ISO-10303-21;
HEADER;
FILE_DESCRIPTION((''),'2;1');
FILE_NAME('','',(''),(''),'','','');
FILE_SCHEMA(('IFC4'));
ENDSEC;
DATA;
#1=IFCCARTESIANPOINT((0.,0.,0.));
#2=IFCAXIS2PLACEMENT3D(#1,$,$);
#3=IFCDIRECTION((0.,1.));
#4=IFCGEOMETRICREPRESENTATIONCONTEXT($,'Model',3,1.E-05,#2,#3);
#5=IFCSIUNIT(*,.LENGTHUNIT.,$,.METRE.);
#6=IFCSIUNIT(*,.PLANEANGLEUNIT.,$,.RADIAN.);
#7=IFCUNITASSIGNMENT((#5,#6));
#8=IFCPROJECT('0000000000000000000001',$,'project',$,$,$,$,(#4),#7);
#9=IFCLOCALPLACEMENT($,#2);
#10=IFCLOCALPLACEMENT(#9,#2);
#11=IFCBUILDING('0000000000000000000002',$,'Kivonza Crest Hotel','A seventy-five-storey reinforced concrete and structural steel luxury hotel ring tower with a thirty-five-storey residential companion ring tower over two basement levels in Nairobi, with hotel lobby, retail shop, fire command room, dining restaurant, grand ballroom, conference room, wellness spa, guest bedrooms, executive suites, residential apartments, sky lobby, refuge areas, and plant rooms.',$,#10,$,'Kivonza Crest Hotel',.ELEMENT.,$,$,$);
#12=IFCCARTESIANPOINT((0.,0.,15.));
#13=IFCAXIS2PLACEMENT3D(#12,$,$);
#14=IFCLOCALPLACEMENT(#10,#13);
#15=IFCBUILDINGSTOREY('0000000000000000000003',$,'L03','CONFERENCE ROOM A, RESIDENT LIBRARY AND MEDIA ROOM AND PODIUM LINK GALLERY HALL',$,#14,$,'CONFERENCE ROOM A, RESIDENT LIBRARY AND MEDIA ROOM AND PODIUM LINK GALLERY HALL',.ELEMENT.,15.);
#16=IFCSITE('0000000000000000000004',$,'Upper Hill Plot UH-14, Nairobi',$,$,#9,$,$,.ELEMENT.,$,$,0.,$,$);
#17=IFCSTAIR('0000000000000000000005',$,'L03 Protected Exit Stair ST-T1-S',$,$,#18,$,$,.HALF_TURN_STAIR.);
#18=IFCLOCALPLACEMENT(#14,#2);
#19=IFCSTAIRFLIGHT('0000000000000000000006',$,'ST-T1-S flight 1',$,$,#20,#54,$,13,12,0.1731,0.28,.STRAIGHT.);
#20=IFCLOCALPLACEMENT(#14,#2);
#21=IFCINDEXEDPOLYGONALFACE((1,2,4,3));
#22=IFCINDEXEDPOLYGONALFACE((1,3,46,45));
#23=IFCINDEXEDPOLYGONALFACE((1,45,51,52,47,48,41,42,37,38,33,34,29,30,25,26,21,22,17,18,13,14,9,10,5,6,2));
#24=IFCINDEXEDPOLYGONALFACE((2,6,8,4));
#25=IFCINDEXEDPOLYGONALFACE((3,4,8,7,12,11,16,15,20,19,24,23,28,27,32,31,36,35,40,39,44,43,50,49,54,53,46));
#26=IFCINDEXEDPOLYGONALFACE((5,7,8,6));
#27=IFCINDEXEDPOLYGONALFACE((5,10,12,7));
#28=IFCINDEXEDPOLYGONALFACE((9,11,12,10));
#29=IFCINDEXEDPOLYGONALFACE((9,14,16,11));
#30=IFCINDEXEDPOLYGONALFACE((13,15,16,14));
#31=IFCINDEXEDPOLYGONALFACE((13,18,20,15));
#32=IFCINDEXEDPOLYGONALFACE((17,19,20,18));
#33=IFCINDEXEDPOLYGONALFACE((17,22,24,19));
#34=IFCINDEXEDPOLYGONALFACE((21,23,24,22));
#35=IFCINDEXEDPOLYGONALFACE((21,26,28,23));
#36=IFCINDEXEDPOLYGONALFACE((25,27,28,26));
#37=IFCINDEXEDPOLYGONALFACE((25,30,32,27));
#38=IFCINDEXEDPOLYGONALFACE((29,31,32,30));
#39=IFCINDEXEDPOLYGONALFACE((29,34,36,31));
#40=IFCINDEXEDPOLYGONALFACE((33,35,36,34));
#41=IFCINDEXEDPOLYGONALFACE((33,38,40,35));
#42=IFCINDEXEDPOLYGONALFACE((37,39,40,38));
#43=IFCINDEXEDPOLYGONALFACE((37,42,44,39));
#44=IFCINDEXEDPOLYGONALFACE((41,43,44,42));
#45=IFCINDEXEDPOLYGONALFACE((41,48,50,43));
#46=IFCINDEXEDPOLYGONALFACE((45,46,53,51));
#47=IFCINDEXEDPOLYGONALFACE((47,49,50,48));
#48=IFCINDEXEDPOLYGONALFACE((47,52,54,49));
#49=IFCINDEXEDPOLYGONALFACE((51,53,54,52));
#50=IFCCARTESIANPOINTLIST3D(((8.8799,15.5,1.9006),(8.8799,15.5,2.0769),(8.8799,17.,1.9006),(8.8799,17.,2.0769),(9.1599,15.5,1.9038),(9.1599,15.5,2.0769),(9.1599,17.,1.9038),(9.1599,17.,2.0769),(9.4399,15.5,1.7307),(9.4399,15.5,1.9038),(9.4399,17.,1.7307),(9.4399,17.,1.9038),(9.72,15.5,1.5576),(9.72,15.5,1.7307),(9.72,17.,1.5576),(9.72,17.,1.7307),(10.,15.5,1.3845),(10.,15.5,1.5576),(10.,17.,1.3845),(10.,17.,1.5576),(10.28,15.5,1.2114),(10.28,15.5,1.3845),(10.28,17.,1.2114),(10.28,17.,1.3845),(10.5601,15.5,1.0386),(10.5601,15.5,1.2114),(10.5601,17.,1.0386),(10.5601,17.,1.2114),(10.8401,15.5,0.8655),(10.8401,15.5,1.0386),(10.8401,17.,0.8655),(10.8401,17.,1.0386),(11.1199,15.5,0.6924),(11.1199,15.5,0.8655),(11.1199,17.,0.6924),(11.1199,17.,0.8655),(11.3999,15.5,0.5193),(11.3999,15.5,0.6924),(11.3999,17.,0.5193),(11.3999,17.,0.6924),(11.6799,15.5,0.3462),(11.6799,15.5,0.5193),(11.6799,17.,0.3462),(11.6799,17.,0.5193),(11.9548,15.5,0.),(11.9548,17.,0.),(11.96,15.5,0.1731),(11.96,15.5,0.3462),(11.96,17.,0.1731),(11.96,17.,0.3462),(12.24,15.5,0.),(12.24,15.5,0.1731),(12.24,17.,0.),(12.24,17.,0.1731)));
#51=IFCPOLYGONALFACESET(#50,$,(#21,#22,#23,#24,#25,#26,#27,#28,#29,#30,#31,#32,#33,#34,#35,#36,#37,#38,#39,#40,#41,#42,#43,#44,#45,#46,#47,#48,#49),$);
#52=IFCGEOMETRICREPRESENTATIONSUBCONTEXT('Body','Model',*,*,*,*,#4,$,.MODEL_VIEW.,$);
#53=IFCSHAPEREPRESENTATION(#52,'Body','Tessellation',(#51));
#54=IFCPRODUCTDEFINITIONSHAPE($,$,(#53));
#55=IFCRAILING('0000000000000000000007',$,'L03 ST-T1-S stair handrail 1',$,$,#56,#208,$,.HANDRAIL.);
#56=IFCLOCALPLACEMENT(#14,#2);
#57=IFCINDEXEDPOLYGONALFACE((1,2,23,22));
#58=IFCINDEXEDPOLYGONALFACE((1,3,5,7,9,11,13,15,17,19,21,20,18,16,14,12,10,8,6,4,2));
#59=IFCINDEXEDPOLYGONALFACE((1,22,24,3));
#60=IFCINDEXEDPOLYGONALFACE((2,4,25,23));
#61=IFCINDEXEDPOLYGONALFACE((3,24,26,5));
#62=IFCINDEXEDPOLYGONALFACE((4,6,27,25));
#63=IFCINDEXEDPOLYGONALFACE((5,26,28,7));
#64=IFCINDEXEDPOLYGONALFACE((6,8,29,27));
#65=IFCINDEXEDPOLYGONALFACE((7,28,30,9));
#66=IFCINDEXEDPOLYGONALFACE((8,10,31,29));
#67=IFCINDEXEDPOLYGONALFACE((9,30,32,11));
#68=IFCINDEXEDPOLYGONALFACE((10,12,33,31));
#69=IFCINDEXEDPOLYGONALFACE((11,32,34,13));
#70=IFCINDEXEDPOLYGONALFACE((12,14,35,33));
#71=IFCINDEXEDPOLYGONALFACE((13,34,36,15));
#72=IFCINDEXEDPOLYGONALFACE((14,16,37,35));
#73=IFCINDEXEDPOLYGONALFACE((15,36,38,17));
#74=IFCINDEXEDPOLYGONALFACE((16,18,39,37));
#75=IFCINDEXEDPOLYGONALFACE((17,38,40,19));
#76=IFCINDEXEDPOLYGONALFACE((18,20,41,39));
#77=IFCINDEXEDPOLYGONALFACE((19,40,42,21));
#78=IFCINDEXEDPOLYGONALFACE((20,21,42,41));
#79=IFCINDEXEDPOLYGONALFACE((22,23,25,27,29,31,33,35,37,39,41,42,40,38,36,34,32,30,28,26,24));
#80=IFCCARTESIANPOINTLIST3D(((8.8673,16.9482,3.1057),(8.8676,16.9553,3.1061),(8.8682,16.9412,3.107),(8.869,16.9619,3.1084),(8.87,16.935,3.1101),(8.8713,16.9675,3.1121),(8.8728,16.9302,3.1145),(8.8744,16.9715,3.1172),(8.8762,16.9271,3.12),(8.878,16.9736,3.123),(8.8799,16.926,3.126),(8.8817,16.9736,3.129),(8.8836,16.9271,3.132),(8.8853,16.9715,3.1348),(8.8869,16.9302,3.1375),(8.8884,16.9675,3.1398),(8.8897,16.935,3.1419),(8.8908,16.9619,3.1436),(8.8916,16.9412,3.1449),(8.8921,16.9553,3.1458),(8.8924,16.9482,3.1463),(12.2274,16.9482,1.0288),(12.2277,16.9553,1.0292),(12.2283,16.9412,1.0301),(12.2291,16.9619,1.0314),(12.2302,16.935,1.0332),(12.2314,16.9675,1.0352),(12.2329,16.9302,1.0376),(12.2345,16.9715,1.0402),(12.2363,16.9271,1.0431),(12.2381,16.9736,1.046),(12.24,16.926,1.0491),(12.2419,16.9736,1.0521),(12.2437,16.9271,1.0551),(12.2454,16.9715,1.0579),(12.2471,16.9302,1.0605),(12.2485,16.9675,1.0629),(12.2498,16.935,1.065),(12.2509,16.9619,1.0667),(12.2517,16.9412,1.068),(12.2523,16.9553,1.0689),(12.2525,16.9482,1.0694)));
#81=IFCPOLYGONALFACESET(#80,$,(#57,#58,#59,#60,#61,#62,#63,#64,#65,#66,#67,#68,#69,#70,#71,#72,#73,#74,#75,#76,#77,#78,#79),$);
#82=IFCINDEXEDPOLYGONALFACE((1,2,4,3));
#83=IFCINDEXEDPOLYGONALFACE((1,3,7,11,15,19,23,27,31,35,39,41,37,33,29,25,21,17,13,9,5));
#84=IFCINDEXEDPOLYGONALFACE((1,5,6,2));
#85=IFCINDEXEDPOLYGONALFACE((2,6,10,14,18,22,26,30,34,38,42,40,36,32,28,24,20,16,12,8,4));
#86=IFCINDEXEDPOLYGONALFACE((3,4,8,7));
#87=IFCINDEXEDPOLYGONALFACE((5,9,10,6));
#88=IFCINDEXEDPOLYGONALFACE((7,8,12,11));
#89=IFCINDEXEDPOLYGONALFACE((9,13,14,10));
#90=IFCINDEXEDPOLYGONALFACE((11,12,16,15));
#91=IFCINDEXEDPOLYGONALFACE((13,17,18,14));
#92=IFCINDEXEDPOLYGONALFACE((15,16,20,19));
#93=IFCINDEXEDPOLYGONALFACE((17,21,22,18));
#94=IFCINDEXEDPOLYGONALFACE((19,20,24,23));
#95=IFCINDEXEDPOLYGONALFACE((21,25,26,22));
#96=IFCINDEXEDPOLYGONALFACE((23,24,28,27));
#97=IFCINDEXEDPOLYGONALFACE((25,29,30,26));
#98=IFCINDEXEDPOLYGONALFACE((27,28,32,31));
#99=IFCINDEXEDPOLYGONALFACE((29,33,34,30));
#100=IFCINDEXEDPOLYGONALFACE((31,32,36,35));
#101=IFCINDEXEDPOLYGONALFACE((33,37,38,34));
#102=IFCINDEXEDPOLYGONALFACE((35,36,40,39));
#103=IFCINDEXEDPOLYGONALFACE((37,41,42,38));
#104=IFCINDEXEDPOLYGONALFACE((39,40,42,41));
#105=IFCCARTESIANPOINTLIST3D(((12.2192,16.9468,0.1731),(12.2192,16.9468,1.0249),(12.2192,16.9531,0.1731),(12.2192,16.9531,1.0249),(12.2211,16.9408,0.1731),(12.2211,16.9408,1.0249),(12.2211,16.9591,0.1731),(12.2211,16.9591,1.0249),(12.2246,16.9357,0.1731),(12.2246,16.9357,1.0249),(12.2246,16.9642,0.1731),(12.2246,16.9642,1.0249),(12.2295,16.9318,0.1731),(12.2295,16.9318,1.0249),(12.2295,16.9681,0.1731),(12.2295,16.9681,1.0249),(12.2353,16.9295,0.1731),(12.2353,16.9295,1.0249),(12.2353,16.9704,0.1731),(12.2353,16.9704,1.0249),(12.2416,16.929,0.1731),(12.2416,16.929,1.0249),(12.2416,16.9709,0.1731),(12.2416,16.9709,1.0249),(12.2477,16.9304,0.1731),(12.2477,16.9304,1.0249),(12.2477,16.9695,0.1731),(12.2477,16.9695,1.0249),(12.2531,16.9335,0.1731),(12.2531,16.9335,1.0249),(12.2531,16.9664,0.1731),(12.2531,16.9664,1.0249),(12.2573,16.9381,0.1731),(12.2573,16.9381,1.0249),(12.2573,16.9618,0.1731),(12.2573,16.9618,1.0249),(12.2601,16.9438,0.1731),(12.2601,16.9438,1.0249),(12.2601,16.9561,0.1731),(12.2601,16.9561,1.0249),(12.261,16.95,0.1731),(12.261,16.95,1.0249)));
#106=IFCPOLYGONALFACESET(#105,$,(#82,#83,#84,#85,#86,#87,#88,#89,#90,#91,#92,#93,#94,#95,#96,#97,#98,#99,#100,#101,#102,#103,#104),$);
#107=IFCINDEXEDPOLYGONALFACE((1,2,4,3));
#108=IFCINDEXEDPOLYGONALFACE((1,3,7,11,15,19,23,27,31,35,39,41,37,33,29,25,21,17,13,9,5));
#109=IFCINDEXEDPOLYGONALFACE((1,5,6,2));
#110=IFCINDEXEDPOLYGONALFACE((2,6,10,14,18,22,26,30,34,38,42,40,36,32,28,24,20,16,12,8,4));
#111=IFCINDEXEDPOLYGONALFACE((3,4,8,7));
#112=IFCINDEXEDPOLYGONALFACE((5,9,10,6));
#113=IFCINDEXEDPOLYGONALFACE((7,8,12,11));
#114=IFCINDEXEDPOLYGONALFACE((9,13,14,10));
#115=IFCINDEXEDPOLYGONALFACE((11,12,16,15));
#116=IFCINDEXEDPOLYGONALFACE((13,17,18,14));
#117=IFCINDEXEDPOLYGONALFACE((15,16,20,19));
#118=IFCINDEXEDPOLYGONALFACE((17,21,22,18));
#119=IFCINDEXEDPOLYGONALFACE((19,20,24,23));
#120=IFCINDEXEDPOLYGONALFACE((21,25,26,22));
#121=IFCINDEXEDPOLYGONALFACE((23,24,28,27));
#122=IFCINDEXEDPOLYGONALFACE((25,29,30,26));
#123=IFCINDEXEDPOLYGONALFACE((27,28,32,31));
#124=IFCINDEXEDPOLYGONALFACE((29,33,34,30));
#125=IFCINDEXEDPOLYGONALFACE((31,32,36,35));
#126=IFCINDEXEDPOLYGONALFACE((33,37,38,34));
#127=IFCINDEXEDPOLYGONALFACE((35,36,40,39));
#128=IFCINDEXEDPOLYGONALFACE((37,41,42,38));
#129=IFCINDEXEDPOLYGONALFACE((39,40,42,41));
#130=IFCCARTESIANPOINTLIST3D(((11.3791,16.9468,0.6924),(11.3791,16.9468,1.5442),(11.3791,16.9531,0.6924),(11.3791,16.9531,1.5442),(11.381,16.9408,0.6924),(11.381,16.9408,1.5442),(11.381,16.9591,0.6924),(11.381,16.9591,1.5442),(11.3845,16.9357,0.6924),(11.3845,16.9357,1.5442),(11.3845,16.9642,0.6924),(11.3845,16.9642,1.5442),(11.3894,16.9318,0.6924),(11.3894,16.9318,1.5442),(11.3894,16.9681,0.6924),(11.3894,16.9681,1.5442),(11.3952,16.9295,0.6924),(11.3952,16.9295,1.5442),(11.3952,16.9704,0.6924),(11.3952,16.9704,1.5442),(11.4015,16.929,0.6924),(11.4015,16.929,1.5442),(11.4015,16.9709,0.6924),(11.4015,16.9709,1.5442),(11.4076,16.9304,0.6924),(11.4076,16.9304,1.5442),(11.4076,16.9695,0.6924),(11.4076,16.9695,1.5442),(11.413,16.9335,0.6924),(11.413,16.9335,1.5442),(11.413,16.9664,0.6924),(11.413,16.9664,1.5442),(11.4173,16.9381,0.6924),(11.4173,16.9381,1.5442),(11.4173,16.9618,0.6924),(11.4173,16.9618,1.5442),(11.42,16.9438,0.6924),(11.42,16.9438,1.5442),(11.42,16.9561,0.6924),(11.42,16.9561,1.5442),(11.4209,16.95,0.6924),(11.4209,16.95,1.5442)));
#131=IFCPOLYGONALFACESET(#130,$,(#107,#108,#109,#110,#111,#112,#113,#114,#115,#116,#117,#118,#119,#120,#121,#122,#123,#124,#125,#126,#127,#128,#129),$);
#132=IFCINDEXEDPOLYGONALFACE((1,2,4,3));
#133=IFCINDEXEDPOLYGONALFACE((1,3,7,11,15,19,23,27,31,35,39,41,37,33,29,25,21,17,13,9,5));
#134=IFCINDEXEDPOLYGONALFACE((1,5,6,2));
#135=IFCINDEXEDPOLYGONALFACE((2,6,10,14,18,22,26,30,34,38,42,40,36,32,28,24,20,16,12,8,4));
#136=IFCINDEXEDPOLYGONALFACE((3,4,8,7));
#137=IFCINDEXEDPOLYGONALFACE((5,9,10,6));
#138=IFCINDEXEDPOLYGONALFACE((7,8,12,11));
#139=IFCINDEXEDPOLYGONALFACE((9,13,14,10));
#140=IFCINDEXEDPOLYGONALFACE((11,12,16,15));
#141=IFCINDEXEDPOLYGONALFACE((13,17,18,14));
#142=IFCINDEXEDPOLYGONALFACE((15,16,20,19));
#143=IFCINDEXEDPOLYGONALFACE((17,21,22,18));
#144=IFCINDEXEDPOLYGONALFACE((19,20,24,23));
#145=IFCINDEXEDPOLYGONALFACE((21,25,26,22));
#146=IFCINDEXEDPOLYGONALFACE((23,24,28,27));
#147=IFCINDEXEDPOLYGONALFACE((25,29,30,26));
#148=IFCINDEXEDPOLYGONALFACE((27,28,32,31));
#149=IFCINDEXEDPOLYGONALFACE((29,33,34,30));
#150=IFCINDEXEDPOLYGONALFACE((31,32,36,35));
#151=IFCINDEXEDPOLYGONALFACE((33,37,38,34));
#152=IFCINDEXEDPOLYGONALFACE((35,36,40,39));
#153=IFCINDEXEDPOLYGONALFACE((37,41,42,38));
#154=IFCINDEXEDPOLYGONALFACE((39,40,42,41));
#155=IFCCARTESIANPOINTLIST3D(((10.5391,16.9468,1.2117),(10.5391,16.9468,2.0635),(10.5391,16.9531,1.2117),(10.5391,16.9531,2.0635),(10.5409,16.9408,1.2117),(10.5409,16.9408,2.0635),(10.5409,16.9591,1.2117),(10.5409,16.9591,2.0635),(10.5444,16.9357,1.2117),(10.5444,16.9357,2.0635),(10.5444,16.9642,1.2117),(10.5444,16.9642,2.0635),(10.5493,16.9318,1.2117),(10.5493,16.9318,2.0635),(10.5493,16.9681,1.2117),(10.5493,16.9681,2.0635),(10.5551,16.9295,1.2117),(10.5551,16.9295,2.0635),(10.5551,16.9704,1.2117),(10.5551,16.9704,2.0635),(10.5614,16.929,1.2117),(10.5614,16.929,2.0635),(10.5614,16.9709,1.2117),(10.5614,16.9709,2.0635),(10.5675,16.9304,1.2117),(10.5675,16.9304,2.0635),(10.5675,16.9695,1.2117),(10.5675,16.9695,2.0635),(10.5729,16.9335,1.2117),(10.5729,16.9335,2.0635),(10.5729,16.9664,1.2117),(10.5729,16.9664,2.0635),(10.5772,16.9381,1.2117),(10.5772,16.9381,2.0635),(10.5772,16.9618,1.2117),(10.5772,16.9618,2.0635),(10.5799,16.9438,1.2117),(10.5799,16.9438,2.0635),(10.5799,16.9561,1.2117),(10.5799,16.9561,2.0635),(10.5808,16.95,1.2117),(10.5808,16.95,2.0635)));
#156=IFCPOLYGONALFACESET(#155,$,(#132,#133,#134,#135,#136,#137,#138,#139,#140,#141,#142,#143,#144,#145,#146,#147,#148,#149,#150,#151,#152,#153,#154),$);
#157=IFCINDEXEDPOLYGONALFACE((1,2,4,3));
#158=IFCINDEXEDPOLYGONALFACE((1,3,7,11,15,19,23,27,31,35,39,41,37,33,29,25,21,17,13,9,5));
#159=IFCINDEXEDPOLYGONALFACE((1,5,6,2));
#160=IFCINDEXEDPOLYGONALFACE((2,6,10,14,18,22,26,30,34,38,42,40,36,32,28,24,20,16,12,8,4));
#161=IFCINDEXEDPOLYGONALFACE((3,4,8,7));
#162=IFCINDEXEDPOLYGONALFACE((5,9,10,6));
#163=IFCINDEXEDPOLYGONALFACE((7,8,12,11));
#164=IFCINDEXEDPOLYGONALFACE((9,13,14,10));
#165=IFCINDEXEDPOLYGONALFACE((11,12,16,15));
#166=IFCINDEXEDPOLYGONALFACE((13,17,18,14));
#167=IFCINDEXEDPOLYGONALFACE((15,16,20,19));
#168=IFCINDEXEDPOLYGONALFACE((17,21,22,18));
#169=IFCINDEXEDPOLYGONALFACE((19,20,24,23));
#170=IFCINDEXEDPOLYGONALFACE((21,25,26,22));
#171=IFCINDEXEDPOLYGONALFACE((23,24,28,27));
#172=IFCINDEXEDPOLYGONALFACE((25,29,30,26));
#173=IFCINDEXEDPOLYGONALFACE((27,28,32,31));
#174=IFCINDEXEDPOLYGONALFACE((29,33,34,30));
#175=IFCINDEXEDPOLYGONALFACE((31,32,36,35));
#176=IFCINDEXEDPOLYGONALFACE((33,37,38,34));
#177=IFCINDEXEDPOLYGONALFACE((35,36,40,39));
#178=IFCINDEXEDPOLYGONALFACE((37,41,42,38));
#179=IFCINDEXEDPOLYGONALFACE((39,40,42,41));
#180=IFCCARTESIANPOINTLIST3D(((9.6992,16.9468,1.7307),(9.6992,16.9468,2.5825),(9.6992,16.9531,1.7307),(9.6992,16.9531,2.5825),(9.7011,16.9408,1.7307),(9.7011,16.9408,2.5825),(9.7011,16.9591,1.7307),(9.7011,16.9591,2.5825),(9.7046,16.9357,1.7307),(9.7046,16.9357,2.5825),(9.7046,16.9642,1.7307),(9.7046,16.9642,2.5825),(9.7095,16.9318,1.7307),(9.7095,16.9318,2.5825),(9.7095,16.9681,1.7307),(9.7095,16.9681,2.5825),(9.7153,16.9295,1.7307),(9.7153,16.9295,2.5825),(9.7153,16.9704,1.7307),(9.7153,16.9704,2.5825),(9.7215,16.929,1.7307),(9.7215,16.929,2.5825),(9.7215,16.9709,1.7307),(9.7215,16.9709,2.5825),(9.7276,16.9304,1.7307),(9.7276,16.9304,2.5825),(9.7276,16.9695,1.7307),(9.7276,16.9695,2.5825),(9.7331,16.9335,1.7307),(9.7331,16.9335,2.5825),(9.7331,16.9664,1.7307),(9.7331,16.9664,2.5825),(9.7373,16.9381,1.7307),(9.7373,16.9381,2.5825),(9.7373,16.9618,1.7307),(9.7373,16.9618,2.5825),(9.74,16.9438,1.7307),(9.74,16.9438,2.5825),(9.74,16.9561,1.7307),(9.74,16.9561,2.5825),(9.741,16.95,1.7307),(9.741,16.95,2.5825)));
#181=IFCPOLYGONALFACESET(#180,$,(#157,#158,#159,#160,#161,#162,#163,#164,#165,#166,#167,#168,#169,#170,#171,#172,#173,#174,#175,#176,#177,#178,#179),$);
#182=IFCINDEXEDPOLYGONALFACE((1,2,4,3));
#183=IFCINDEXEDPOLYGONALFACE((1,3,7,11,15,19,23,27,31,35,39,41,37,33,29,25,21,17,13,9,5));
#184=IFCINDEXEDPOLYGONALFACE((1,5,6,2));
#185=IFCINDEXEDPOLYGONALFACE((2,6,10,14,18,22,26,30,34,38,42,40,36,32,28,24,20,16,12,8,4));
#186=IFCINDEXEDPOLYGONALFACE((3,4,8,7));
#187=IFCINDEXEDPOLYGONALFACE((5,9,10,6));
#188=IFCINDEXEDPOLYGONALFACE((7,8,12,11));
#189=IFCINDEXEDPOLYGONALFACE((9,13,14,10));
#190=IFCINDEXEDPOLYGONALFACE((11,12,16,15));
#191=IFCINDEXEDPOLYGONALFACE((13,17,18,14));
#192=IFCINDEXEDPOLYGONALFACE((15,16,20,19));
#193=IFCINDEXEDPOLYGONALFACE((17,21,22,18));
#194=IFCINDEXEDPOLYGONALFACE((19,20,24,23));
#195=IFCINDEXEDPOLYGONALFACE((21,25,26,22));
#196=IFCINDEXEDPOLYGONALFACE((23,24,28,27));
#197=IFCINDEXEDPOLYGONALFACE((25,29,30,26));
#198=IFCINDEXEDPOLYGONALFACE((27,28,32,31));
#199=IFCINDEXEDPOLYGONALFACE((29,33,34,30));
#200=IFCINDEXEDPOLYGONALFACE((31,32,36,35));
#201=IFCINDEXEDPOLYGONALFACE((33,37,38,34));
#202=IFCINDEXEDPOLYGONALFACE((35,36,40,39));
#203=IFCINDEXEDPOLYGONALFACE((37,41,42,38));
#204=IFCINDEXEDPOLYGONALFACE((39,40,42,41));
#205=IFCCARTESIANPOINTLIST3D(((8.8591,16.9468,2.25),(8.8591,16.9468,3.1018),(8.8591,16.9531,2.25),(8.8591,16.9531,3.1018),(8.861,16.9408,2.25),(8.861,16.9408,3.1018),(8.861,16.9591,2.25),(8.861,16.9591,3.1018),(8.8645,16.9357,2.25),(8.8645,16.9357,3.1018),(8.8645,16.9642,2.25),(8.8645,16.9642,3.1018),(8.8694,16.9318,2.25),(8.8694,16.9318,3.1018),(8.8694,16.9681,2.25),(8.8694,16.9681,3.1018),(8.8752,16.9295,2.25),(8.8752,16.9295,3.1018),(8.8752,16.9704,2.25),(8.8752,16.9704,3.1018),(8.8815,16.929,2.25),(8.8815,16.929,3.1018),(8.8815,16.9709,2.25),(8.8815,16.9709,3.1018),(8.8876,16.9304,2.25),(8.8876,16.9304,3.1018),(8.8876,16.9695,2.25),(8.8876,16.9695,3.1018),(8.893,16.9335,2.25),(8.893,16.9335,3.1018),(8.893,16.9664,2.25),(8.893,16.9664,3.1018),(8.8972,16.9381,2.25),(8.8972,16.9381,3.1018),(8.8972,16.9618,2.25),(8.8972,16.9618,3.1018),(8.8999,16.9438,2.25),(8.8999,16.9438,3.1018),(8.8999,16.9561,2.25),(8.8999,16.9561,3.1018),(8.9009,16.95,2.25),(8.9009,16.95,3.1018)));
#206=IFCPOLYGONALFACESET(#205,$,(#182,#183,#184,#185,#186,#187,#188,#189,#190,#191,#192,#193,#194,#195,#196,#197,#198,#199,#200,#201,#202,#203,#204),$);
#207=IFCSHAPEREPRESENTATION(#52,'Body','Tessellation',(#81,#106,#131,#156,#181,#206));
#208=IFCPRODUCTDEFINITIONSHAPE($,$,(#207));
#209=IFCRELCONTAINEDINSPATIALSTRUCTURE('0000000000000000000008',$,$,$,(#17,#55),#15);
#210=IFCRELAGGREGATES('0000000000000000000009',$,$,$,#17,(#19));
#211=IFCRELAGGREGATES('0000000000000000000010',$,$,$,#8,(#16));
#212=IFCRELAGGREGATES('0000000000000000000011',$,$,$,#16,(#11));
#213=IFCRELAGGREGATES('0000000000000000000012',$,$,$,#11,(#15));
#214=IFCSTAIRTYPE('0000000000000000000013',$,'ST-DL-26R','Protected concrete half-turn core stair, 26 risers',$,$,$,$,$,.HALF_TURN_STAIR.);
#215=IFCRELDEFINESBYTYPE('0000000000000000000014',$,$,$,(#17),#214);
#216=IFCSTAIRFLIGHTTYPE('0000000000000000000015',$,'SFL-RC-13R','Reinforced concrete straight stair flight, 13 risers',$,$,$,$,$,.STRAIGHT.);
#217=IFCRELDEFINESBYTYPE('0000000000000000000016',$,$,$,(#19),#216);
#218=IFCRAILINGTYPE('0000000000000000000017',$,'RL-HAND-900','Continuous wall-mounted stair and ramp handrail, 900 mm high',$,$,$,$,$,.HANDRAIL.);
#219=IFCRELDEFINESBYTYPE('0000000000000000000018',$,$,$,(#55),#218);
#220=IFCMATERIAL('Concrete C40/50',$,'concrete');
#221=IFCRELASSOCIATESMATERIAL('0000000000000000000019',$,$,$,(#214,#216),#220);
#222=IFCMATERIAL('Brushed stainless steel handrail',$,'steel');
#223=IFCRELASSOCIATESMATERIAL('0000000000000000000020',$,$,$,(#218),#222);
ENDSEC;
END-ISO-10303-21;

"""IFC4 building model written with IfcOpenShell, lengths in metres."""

from ifc_helpers import new_model, si_unit, direction, frame, origin, origin_2d, place, context, subcontext, project, spatial, polyline, circle, outline, extrude, material, type_object, element, aggregate, save


model = new_model("IFC4")

# Units and contexts
model_context = context("Model", 3, precision=1e-05, world=origin(), true_north=direction((0.0, 1.0)))
body_context = subcontext(model_context, "Body", "Model", "MODEL_VIEW")
ifc_project = project(units=[si_unit("LENGTHUNIT", "METRE"), si_unit("PLANEANGLEUNIT", "RADIAN")], contexts=[model_context])

# Site, building, storey
site_placement = place(None, origin())
site = spatial("IfcSite", under=ifc_project, at=site_placement, Name="Upper Hill Plot UH-14, Nairobi", CompositionType="ELEMENT", RefElevation=0.0)
building_placement = place(site_placement, origin())
building = spatial("IfcBuilding", under=site, at=building_placement, Name="Kivonza Crest Hotel", Description="A seventy-five-storey reinforced concrete and structural steel luxury hotel ring tower with a thirty-five-storey residential companion ring tower over two basement levels in Nairobi, with hotel lobby, retail shop, fire command room, dining restaurant, grand ballroom, conference room, wellness spa, guest bedrooms, executive suites, residential apartments, sky lobby, refuge areas, and plant rooms.", LongName="Kivonza Crest Hotel", CompositionType="ELEMENT")
storey_placement = place(building_placement, frame((0.0, 0.0, 15.0)))
storey = spatial("IfcBuildingStorey", under=building, at=storey_placement, Name="L03", Description="CONFERENCE ROOM A, RESIDENT LIBRARY AND MEDIA ROOM AND PODIUM LINK GALLERY HALL", LongName="CONFERENCE ROOM A, RESIDENT LIBRARY AND MEDIA ROOM AND PODIUM LINK GALLERY HALL", CompositionType="ELEMENT", Elevation=15.0)

# Stair, stair flight
ifc_material_1 = material(Name="Concrete C40/50", Category="concrete")
stair_type = type_object("IfcStairType", Name="ST-DL-26R", Description="Protected concrete half-turn core stair, 26 risers", PredefinedType="HALF_TURN_STAIR", material=ifc_material_1)
stair_placement = place(storey_placement, origin())
stair = element("IfcStair", 1, at=stair_placement, inside=storey, type_object=stair_type, Name="L03 Protected Exit Stair ST-T1-S", PredefinedType="HALF_TURN_STAIR")
stair_flight_type = type_object("IfcStairFlightType", Name="SFL-RC-13R", Description="Reinforced concrete straight stair flight, 13 risers", PredefinedType="STRAIGHT", material=ifc_material_1)
stair_flight_placement = place(storey_placement, frame((12.24, 16.25, 0.0), z_axis=(0.0, 0.0, 1.0), x_axis=(-1.0, 0.0, 0.0)))
stair_flight = element("IfcStairFlight", 2, at=stair_flight_placement, type_object=stair_flight_type, Name="ST-T1-S flight 1", NumberOfRisers=13, NumberOfTreads=12, PredefinedType="STRAIGHT", RiserHeight=0.1731, TreadLength=0.28, context=body_context, shape_type="SweptSolid", body=[
    extrude(outline(polyline([(0.0, 0.0), (0.0, 0.1731), (0.28, 0.1731), (0.28, 0.3462), (0.5601, 0.3462), (0.5601, 0.5193), (0.8401, 0.5193), (0.8401, 0.6924), (1.1201, 0.6924), (1.1201, 0.8655), (1.3999, 0.8655), (1.3999, 1.0386), (1.6799, 1.0386), (1.6799, 1.2114), (1.96, 1.2114), (1.96, 1.3845), (2.24, 1.3845), (2.24, 1.5576), (2.52, 1.5576), (2.52, 1.7307), (2.8, 1.7307), (2.8, 1.9038), (3.0801, 1.9038), (3.0801, 2.0769), (3.3601, 2.0769), (3.3601, 2.25), (3.3601, 1.9006), (0.2852, 0.0), (0.0, 0.0)])), frame((0.0, 0.75, 0.0), z_axis=(0.0, -1.0, 0.0), x_axis=(1.0, 0.0, 0.0)), (0.0, 0.0, 1.0), 1.5),
])
aggregate(stair, [stair_flight])

# Railing
ifc_material_2 = material(Name="Brushed stainless steel handrail", Category="steel")
railing_type_1 = type_object("IfcRailingType", Name="RL-HAND-900", Description="Continuous wall-mounted stair and ramp handrail, 900 mm high", PredefinedType="HANDRAIL", material=ifc_material_2)
railing_1_placement = place(storey_placement, frame((12.24, 16.95, 0.1731)))
element("IfcRailing", 3, at=railing_1_placement, inside=storey, type_object=railing_type_1, Name="L03 ST-T1-S stair handrail 1", PredefinedType="HANDRAIL", context=body_context, shape_type="SweptSolid", body=[
    extrude(circle(Radius=0.0239, at=origin_2d()), frame((0.0, 0.0, 0.876), z_axis=(-0.850623, 0.0, 0.525776), x_axis=(0.0, -1.0, 0.0)), (0.0, 0.0, 1.0), 3.9502),
    extrude(circle(Radius=0.021, at=origin_2d()), origin(), (0.0, 0.0, 1.0), 0.8518),
    extrude(circle(Radius=0.021, at=origin_2d()), frame((-0.8401, 0.0, 0.5193)), (0.0, 0.0, 1.0), 0.8518),
    extrude(circle(Radius=0.021, at=origin_2d()), frame((-1.6802, 0.0, 1.0386)), (0.0, 0.0, 1.0), 0.8518),
    extrude(circle(Radius=0.021, at=origin_2d()), frame((-2.52, 0.0, 1.5576)), (0.0, 0.0, 1.0), 0.8518),
    extrude(circle(Radius=0.021, at=origin_2d()), frame((-3.3601, 0.0, 2.0769)), (0.0, 0.0, 1.0), 0.8518),
])

save(model, "model.ifc")
